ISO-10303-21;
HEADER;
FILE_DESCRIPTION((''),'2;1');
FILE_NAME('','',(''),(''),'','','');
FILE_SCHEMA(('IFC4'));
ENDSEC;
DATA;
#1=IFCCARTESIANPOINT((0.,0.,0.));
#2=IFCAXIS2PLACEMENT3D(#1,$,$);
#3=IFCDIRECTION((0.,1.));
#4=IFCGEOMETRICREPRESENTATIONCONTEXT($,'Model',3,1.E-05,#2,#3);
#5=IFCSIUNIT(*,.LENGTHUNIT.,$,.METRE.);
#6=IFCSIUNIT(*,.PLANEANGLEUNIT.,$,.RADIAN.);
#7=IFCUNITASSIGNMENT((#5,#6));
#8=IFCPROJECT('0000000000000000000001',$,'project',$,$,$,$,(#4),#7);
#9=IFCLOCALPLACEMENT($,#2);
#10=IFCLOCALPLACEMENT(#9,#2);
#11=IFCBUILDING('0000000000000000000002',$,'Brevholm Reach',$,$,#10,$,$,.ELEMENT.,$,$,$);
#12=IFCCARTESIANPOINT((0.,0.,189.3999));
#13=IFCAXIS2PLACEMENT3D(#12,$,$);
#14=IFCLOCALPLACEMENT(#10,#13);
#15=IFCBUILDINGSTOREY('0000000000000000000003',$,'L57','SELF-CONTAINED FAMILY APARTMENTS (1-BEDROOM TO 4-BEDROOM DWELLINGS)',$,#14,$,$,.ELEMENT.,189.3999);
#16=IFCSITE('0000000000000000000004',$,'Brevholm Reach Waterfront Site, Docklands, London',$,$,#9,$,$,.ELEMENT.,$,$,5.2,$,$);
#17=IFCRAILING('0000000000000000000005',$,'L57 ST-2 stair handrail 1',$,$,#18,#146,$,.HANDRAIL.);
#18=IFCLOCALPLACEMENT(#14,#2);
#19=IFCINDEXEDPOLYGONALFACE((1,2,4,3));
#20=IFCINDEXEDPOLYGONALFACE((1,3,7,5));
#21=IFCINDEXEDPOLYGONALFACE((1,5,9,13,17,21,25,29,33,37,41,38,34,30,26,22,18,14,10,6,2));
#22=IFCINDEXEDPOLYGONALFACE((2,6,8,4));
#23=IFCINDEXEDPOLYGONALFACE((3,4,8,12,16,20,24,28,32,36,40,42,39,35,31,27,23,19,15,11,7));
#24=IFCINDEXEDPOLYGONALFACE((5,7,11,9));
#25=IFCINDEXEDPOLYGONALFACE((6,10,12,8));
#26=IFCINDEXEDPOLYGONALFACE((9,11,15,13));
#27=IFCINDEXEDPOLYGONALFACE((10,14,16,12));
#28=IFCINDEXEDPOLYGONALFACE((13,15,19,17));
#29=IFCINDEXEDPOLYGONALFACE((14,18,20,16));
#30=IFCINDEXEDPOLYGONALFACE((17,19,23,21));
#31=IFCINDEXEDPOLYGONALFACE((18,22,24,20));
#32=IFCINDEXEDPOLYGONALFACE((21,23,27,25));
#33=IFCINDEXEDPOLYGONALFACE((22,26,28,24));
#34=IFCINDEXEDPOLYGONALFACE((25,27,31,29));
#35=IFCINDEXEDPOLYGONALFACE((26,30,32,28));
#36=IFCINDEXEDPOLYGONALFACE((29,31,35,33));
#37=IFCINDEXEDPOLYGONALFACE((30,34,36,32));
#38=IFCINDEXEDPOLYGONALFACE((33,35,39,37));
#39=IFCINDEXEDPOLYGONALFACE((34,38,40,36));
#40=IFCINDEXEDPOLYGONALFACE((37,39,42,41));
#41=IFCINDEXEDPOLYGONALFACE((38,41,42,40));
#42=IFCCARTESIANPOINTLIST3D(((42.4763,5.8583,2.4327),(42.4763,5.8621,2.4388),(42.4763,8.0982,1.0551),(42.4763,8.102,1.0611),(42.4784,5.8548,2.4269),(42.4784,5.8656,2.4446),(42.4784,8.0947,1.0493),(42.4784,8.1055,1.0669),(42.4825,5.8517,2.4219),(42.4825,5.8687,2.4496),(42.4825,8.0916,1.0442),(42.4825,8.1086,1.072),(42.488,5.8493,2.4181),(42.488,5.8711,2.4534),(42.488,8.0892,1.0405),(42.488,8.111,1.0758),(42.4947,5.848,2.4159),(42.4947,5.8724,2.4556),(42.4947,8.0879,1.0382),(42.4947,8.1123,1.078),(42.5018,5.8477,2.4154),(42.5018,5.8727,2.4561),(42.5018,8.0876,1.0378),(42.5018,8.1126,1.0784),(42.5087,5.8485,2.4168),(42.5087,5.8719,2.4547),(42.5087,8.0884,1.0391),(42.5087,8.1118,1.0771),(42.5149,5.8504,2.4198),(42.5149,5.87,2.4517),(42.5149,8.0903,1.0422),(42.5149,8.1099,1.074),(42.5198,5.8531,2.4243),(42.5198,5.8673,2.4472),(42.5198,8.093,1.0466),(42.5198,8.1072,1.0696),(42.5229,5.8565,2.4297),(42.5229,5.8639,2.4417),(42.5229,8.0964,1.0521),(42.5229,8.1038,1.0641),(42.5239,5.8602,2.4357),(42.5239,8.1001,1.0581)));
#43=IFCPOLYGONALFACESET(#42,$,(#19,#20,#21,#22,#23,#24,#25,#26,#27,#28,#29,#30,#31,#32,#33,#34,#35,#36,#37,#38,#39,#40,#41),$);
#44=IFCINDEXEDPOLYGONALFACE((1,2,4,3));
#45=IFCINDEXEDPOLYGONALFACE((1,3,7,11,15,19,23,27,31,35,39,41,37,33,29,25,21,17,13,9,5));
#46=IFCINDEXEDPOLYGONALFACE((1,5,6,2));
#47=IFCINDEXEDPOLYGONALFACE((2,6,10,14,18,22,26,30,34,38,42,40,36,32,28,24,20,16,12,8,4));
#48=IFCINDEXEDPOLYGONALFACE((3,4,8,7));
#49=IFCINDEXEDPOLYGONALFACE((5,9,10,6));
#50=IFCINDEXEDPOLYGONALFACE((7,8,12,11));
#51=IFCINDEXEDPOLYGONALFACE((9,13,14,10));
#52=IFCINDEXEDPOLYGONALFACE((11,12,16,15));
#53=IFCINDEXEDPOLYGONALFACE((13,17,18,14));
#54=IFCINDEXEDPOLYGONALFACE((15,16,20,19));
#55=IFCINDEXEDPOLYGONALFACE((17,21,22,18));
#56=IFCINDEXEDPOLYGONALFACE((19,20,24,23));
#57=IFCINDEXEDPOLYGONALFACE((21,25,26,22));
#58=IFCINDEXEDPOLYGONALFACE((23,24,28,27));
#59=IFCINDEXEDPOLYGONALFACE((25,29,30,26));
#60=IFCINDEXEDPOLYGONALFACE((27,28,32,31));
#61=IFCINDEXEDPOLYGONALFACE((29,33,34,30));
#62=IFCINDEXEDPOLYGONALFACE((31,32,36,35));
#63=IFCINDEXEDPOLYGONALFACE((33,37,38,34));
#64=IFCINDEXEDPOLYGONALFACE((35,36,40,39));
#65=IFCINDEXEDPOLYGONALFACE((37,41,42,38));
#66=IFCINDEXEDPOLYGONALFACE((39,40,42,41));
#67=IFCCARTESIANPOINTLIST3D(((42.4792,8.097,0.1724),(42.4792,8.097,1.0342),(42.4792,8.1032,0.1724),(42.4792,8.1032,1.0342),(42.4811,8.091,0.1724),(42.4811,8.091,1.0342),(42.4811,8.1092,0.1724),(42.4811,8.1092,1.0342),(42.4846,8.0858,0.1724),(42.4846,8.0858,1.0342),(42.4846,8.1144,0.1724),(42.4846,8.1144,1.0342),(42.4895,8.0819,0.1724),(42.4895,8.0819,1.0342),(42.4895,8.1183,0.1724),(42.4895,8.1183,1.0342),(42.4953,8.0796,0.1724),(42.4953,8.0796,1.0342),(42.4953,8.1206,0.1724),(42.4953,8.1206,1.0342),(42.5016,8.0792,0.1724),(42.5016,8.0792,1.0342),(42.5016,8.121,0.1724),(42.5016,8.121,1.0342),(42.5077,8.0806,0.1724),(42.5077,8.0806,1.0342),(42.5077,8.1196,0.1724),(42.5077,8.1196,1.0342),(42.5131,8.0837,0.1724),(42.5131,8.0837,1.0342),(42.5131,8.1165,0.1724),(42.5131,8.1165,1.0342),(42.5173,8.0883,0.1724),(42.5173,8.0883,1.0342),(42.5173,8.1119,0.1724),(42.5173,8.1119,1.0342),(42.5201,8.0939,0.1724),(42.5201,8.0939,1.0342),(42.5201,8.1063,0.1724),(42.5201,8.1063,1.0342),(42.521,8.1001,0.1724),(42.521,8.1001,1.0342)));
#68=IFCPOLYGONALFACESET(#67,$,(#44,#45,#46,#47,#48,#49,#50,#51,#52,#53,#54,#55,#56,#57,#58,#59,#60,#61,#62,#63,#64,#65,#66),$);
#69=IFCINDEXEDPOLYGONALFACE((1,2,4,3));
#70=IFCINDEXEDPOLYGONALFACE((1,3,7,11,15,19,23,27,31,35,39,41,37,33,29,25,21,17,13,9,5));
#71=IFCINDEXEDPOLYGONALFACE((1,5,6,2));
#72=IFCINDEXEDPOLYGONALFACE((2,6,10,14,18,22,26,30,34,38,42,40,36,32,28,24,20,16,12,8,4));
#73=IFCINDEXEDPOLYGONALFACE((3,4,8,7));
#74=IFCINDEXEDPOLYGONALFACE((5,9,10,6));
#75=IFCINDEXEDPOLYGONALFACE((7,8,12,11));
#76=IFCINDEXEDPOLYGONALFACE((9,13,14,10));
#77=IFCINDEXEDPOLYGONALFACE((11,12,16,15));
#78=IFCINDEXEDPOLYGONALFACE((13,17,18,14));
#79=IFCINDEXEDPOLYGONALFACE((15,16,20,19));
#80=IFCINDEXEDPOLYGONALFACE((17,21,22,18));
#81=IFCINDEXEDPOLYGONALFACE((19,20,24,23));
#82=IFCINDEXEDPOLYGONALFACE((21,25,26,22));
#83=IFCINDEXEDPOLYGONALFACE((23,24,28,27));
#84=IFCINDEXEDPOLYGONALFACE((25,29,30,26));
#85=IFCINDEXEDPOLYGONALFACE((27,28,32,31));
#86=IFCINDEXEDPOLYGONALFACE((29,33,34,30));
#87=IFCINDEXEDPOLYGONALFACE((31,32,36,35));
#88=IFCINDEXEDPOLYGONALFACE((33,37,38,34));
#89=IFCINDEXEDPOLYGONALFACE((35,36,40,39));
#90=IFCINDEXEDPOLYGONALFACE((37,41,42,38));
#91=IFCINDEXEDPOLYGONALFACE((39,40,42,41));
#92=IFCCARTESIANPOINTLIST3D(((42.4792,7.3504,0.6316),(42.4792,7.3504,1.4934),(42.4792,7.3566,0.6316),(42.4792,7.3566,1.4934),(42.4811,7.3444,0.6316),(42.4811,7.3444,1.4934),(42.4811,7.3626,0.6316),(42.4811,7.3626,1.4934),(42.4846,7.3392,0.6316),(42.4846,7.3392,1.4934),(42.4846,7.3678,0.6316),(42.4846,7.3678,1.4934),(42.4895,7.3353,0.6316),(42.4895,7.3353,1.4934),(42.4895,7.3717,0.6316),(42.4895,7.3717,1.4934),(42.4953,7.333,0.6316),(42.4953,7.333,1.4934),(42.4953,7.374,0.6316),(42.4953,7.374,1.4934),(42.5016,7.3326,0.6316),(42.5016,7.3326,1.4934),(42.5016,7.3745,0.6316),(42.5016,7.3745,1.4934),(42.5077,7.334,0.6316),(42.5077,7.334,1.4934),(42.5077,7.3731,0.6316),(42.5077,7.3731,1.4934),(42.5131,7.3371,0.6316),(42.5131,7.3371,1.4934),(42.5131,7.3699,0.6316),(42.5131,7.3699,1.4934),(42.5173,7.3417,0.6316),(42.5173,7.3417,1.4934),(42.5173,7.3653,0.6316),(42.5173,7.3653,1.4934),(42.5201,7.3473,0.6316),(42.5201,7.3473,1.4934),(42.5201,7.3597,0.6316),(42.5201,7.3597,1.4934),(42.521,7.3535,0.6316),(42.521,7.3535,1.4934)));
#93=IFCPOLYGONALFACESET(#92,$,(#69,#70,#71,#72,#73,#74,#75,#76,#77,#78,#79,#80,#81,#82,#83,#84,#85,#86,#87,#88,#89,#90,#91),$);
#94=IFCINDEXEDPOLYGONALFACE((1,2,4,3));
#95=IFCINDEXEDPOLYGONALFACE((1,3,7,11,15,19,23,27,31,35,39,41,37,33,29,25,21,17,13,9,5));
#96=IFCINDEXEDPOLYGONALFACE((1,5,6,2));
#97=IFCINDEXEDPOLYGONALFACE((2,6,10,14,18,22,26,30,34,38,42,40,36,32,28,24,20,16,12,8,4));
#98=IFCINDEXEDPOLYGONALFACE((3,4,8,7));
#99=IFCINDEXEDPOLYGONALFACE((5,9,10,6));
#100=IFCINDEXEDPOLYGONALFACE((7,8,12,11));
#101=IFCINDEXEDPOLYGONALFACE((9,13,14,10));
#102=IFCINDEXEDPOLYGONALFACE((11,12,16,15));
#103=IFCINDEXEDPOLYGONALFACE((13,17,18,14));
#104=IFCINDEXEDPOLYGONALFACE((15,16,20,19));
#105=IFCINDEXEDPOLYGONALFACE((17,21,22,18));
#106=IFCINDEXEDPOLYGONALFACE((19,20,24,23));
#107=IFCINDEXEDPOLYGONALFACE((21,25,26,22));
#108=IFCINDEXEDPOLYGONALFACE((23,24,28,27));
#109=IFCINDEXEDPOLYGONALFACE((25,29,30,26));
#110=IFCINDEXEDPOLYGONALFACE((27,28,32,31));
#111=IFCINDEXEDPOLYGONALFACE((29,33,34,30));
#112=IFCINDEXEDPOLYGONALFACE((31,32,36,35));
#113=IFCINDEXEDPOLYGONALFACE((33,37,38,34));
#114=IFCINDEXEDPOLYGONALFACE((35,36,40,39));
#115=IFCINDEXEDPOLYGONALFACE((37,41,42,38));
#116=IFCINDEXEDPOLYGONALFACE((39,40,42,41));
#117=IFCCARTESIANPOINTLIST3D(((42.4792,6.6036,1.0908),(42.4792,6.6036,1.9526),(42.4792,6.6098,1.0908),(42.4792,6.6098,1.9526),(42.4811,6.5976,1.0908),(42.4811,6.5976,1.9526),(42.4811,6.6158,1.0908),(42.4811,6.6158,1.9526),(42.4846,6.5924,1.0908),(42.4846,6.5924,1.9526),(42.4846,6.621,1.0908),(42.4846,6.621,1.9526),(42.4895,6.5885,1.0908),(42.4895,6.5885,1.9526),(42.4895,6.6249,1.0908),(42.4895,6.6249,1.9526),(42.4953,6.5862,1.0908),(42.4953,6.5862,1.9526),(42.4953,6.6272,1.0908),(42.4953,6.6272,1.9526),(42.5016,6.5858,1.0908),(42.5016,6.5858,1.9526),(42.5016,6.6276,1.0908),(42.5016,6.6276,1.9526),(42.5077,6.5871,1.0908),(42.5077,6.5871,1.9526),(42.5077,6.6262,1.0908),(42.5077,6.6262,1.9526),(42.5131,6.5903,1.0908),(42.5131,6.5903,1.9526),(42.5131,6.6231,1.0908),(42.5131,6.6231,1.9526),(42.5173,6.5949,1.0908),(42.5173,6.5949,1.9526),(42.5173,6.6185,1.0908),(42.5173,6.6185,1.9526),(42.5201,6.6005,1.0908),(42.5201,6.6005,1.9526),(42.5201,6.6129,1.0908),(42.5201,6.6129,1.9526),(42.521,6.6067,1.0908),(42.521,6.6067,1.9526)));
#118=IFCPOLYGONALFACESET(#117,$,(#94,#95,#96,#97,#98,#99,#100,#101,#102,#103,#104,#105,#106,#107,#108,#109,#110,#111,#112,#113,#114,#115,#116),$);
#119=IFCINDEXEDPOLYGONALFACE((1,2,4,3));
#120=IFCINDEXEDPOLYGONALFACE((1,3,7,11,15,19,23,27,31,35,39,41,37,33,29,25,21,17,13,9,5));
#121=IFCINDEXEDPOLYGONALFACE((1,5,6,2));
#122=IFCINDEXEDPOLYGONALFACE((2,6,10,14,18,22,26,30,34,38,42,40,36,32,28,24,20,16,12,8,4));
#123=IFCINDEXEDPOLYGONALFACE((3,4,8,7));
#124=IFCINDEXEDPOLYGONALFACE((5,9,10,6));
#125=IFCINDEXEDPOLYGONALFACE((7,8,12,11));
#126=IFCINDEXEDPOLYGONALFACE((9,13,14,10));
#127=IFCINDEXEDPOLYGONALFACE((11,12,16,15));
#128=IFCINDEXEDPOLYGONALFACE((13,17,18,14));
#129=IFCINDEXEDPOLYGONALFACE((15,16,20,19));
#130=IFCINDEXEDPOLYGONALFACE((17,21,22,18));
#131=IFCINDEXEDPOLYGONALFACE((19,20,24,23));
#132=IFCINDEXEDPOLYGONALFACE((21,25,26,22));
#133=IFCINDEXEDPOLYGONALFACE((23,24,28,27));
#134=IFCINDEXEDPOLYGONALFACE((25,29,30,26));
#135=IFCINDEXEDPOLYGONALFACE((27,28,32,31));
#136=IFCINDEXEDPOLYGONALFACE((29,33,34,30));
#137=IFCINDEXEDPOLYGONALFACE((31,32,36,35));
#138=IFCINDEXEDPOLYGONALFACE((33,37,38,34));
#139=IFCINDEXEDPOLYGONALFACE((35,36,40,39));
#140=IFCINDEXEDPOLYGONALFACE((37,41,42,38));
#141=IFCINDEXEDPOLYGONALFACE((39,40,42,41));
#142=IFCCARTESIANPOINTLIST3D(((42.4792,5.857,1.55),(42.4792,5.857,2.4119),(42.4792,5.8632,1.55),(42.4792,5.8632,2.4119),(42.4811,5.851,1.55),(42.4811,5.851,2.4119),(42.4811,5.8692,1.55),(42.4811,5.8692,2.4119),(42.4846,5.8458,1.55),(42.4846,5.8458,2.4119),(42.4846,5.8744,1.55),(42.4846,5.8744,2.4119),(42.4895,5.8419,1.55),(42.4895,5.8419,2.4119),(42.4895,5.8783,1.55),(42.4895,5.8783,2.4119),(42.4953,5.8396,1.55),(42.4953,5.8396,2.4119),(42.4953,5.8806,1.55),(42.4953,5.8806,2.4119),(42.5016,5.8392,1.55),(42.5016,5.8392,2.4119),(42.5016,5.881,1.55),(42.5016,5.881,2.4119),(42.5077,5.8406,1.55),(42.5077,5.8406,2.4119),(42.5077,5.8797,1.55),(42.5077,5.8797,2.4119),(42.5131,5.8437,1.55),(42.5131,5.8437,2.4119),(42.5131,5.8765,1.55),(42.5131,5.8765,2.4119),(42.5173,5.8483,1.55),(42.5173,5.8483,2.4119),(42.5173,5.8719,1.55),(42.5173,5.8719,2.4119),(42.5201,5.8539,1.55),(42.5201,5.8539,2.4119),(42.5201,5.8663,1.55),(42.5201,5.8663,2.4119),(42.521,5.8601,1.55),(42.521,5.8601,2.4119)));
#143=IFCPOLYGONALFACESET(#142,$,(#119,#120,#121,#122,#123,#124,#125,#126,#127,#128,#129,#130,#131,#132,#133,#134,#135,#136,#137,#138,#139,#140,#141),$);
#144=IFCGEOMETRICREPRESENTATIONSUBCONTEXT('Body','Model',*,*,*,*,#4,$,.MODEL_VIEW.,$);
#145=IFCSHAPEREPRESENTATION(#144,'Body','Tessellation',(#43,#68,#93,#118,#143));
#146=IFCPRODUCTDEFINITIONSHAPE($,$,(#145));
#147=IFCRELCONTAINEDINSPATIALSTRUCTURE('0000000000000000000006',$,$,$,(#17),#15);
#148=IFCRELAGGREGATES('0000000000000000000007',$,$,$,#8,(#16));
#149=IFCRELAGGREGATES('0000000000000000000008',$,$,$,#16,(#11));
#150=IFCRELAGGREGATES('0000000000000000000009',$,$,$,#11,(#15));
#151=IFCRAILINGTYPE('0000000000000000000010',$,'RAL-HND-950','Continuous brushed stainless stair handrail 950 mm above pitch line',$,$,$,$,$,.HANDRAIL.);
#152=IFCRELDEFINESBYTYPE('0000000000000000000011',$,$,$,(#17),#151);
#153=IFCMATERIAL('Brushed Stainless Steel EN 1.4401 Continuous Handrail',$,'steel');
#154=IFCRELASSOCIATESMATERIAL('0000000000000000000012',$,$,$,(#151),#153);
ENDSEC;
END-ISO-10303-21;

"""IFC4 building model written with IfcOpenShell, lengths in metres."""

from ifc_helpers import new_model, si_unit, direction, frame, origin, origin_2d, place, context, subcontext, project, spatial, circle, extrude, material, type_object, element, save


model = new_model("IFC4")

# Units and contexts
model_context = context("Model", 3, precision=1e-05, world=origin(), true_north=direction((0.0, 1.0)))
body_context = subcontext(model_context, "Body", "Model", "MODEL_VIEW")
ifc_project = project(units=[si_unit("LENGTHUNIT", "METRE"), si_unit("PLANEANGLEUNIT", "RADIAN")], contexts=[model_context])

# Site, building, storey
site_placement = place(None, origin())
site = spatial("IfcSite", under=ifc_project, at=site_placement, Name="Brevholm Reach Waterfront Site, Docklands, London", CompositionType="ELEMENT", RefElevation=5.2)
building_placement = place(site_placement, origin())
building = spatial("IfcBuilding", under=site, at=building_placement, Name="Brevholm Reach", CompositionType="ELEMENT")
storey_placement = place(building_placement, frame((0.0, 0.0, 189.3999)))
storey = spatial("IfcBuildingStorey", under=building, at=storey_placement, Name="L57", Description="SELF-CONTAINED FAMILY APARTMENTS (1-BEDROOM TO 4-BEDROOM DWELLINGS)", CompositionType="ELEMENT", Elevation=189.3999)

# Railing
ifc_material_1 = material(Name="Brushed Stainless Steel EN 1.4401 Continuous Handrail", Category="steel")
railing_type_1 = type_object("IfcRailingType", Name="RAL-HND-950", Description="Continuous brushed stainless stair handrail 950 mm above pitch line", PredefinedType="HANDRAIL", material=ifc_material_1)
railing_1_placement = place(storey_placement, frame((42.5, 8.1001, 0.1724)))
element("IfcRailing", 1, at=railing_1_placement, inside=storey, type_object=railing_type_1, Name="L57 ST-2 stair handrail 1", PredefinedType="HANDRAIL", context=body_context, shape_type="SweptSolid", body=[
    extrude(circle(Radius=0.0239, at=origin_2d()), frame((0.0, 0.0, 0.8857), z_axis=(0.0, -0.851789, 0.523885), x_axis=(1.0, 0.0, 0.0)), (0.0, 0.0, 1.0), 2.6296),
    extrude(circle(Radius=0.021, at=origin_2d()), origin(), (0.0, 0.0, 1.0), 0.8618),
    extrude(circle(Radius=0.021, at=origin_2d()), frame((0.0, -0.7466, 0.4592)), (0.0, 0.0, 1.0), 0.8618),
    extrude(circle(Radius=0.021, at=origin_2d()), frame((0.0, -1.4934, 0.9185)), (0.0, 0.0, 1.0), 0.8618),
    extrude(circle(Radius=0.021, at=origin_2d()), frame((0.0, -2.24, 1.3777)), (0.0, 0.0, 1.0), 0.8618),
])

save(model, "model.ifc")
